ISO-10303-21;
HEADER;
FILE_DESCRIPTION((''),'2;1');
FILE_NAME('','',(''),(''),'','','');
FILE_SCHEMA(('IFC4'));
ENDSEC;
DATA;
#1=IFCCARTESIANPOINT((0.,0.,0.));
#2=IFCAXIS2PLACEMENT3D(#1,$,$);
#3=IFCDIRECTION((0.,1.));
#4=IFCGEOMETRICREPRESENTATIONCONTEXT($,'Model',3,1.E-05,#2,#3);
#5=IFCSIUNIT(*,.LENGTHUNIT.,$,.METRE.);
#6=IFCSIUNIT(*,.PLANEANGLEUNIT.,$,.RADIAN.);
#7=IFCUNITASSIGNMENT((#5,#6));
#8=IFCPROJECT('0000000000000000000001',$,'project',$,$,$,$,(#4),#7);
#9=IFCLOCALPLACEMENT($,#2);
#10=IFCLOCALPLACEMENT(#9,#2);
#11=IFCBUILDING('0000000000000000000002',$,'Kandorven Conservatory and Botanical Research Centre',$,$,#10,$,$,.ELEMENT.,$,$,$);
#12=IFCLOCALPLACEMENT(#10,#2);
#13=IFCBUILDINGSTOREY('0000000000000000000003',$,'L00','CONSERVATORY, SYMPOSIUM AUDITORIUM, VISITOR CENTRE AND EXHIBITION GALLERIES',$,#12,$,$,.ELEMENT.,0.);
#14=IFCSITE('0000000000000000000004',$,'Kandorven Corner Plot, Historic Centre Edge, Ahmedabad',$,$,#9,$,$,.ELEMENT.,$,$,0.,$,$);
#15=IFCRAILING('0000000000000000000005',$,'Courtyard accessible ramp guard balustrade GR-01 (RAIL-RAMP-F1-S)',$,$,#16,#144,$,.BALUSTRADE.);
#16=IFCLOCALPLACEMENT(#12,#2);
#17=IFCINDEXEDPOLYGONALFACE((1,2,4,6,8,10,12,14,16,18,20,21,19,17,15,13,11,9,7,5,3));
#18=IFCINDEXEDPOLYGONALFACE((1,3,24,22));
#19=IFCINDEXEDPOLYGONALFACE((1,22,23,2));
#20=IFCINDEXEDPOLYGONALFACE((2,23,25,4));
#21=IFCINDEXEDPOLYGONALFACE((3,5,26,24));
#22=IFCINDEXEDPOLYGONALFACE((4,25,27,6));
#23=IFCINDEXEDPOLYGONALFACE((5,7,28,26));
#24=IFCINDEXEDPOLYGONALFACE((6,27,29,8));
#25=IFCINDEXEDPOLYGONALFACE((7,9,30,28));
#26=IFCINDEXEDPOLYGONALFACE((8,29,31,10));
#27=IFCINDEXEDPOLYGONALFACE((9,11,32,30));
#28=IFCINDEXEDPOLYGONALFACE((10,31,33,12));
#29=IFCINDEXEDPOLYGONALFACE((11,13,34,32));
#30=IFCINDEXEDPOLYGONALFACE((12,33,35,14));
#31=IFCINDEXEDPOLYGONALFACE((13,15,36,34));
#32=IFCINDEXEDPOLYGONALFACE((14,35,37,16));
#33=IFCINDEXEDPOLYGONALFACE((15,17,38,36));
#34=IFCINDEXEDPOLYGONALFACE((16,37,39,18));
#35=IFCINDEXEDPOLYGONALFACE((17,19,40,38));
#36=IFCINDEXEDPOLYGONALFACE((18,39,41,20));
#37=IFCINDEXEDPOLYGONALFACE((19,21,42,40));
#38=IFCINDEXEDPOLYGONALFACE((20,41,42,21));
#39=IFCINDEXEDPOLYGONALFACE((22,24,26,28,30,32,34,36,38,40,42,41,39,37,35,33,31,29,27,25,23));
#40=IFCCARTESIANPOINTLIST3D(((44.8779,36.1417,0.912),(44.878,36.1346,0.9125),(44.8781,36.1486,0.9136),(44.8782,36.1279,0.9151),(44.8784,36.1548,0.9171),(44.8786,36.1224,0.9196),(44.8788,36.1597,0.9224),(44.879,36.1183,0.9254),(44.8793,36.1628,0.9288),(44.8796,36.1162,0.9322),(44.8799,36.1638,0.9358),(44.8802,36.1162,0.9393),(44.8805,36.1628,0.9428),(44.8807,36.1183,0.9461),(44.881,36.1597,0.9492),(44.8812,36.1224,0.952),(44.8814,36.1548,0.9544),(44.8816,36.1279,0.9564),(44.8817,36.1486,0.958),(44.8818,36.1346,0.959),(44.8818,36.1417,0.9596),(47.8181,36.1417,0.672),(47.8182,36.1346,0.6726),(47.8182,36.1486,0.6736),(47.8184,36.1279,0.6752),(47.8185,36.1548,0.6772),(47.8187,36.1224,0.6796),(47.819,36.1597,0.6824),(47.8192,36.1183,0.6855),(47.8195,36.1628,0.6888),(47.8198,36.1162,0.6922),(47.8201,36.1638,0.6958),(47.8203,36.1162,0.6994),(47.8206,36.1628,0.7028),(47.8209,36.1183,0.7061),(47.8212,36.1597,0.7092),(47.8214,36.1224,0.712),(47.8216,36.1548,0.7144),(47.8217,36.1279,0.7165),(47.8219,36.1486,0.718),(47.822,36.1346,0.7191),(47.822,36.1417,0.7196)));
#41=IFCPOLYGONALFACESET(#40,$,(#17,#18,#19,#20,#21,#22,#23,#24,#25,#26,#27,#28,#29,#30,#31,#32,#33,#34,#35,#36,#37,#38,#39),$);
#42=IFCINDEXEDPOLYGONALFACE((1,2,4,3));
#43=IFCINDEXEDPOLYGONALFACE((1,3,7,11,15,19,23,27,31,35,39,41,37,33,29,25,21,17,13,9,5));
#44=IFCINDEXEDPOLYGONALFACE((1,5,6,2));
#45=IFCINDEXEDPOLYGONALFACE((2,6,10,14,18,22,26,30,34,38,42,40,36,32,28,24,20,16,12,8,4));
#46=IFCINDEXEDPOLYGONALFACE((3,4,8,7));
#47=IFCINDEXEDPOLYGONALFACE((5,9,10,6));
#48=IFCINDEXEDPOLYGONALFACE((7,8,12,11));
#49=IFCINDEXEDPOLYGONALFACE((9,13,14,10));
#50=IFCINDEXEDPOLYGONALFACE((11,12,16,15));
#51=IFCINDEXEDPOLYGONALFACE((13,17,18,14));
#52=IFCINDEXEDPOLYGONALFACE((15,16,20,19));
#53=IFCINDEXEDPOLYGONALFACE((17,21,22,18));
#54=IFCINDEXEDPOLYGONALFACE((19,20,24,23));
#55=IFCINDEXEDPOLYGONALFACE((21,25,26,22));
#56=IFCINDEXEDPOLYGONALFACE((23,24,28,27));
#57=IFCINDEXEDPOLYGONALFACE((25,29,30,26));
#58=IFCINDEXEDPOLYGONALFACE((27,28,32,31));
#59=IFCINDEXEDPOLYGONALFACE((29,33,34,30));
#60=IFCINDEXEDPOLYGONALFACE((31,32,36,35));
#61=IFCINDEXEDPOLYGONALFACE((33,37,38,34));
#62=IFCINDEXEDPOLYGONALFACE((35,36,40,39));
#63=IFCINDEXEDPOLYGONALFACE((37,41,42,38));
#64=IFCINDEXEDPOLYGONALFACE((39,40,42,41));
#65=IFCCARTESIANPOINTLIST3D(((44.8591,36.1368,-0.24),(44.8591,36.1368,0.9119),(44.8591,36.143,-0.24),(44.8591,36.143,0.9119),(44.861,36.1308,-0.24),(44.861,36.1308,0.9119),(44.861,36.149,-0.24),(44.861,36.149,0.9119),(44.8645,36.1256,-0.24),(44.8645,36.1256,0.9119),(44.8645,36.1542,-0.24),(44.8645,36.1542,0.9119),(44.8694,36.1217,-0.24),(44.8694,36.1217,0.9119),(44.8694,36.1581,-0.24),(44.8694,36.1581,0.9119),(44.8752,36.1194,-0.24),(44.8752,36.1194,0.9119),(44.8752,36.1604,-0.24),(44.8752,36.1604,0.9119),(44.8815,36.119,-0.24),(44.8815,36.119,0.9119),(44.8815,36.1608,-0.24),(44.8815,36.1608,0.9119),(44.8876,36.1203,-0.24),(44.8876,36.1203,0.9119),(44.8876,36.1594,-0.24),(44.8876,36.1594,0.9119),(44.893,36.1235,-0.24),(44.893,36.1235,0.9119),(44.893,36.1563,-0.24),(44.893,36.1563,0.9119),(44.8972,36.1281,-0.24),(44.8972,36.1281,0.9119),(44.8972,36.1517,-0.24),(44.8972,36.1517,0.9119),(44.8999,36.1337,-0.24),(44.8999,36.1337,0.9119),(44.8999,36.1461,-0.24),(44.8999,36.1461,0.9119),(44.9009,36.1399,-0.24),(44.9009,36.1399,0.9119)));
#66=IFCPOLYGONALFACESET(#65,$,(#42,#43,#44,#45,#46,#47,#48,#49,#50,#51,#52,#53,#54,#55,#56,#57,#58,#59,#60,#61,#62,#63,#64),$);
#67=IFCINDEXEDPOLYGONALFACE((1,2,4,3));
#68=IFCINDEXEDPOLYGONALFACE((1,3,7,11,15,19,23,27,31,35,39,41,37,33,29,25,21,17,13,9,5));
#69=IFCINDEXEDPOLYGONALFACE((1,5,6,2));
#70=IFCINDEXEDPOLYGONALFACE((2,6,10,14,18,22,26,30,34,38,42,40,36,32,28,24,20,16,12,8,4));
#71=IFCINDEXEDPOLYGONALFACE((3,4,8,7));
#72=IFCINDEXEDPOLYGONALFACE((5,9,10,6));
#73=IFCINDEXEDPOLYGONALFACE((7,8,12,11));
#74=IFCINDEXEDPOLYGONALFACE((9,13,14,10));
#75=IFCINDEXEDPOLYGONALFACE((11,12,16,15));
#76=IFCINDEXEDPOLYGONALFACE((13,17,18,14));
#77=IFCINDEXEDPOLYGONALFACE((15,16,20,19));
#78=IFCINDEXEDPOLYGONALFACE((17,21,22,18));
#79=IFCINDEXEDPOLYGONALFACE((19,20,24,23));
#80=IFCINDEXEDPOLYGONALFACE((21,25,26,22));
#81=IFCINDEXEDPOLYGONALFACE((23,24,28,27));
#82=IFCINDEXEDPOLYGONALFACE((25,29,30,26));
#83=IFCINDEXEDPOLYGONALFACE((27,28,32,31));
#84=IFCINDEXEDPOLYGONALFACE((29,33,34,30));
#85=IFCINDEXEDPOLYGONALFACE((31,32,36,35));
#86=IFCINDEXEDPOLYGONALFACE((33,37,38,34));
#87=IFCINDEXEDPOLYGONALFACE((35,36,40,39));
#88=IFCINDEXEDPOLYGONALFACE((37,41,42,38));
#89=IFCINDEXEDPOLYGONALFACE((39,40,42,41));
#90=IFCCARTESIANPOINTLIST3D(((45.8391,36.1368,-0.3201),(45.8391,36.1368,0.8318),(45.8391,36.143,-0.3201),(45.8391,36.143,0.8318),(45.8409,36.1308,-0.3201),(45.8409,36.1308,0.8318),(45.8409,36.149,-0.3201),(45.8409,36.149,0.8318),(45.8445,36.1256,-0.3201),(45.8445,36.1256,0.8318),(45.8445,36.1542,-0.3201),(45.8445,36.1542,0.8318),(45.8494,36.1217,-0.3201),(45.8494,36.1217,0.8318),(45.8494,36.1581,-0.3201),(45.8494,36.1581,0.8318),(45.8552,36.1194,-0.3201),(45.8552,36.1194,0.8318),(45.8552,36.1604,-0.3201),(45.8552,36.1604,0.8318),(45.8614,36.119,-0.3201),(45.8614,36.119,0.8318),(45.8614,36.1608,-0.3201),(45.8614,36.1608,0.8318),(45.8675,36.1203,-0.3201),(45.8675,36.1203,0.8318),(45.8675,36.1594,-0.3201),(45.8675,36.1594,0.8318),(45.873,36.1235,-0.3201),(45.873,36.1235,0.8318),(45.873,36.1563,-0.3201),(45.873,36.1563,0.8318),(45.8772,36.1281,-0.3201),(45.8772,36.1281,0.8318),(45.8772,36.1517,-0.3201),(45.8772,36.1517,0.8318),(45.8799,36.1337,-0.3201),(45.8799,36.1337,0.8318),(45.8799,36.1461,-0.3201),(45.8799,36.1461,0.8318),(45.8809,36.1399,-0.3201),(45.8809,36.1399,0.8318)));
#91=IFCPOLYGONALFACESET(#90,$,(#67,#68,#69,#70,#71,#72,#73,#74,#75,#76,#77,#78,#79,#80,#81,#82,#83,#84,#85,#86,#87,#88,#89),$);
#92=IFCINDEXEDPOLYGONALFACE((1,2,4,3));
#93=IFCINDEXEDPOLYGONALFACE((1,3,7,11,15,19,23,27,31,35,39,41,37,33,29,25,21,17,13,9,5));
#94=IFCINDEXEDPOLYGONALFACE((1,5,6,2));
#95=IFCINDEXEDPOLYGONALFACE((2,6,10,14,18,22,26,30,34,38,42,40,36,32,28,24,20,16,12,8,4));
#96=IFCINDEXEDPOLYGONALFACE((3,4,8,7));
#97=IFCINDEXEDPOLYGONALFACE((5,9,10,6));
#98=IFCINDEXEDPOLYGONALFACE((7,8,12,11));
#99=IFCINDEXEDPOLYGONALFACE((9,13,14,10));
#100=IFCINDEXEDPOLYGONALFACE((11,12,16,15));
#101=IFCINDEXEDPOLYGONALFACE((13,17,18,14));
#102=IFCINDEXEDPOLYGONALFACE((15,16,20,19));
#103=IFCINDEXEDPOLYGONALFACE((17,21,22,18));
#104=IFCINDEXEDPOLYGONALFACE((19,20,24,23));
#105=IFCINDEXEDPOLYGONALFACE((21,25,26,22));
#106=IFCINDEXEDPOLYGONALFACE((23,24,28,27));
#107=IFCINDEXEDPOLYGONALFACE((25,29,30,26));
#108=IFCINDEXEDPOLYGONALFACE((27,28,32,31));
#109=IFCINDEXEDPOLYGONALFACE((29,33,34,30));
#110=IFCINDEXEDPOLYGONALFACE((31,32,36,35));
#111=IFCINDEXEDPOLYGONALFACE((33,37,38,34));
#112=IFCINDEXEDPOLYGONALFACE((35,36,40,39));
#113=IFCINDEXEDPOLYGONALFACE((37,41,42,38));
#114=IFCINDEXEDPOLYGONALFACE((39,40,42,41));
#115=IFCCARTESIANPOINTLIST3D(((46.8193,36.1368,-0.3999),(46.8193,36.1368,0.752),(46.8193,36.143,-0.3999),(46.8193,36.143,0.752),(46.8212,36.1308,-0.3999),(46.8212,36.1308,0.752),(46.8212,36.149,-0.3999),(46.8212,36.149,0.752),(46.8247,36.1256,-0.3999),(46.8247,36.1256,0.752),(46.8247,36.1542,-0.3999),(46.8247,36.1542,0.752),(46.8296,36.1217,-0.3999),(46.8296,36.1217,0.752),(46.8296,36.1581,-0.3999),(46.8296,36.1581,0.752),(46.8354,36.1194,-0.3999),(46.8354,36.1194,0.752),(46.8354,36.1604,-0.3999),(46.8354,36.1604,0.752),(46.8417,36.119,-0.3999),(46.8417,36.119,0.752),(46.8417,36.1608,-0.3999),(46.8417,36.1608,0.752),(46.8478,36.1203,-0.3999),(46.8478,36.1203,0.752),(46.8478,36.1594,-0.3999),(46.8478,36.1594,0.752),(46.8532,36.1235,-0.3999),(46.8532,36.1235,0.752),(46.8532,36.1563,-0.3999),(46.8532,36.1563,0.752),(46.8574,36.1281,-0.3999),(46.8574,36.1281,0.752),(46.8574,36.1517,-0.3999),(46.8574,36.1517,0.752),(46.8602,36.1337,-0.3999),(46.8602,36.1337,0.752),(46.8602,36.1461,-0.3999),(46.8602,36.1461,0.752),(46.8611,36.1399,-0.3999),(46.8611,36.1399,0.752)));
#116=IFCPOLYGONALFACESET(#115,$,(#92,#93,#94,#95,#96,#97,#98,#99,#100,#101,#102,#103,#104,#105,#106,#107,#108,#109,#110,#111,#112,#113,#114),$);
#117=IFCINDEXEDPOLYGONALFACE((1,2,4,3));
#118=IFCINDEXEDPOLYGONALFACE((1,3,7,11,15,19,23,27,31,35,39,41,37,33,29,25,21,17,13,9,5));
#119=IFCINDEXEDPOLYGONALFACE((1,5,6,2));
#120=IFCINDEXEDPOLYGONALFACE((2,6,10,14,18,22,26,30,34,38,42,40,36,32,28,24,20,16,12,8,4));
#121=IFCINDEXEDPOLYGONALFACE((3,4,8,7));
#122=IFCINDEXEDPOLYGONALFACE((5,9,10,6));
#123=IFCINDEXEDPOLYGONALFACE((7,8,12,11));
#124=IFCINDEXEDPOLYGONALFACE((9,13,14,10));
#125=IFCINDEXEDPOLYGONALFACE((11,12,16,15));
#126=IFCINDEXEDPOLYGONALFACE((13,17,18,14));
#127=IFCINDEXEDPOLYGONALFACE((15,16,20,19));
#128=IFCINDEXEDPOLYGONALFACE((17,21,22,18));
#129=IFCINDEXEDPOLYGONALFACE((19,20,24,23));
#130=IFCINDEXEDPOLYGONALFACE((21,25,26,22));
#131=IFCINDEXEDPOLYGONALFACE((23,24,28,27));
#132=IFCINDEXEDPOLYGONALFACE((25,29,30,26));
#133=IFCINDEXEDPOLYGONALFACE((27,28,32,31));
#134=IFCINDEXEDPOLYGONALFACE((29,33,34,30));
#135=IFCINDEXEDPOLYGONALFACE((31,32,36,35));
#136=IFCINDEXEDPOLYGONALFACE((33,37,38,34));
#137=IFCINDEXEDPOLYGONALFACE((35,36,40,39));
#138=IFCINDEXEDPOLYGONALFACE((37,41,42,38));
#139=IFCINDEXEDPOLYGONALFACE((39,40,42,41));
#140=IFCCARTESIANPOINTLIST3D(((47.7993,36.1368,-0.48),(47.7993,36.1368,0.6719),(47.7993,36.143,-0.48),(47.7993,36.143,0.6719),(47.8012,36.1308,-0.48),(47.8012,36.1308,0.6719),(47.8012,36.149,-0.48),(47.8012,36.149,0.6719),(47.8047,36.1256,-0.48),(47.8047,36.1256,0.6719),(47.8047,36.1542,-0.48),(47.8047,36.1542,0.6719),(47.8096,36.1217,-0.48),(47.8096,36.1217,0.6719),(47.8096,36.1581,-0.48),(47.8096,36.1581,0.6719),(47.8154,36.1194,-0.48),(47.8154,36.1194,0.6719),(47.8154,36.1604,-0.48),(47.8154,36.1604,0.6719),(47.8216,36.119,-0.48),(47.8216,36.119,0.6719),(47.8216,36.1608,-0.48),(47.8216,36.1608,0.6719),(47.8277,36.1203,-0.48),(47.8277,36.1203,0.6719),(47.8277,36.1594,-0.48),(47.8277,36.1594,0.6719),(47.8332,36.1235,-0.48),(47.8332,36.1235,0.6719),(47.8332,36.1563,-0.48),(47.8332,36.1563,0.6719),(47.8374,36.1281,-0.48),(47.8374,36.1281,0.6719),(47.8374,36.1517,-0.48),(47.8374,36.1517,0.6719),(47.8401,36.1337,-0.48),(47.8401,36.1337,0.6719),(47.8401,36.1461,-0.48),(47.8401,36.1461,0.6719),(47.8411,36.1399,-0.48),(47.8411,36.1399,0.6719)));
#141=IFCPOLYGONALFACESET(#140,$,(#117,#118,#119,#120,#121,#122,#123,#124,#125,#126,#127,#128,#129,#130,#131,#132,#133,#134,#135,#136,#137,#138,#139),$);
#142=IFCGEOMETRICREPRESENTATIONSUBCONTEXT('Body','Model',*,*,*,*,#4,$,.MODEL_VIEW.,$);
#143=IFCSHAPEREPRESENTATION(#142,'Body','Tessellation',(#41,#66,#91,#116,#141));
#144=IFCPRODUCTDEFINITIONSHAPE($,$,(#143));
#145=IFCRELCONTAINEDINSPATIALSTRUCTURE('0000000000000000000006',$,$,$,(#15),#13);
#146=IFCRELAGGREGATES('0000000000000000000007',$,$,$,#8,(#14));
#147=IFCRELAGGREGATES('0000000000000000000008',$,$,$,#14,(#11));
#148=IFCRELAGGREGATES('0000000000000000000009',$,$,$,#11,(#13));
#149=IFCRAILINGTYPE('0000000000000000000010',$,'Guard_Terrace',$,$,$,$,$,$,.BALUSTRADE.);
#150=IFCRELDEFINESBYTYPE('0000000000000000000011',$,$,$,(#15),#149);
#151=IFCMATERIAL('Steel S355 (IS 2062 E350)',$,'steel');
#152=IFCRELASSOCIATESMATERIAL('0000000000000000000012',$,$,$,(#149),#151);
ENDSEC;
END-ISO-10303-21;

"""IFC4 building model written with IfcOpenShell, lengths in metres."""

from ifc_helpers import new_model, si_unit, direction, frame, origin, origin_2d, place, context, subcontext, project, spatial, circle, extrude, material, type_object, element, save


model = new_model("IFC4")

# Units and contexts
model_context = context("Model", 3, precision=1e-05, world=origin(), true_north=direction((0.0, 1.0)))
body_context = subcontext(model_context, "Body", "Model", "MODEL_VIEW")
ifc_project = project(units=[si_unit("LENGTHUNIT", "METRE"), si_unit("PLANEANGLEUNIT", "RADIAN")], contexts=[model_context])

# Site, building, storey
site_placement = place(None, origin())
site = spatial("IfcSite", under=ifc_project, at=site_placement, Name="Kandorven Corner Plot, Historic Centre Edge, Ahmedabad", CompositionType="ELEMENT", RefElevation=0.0)
building_placement = place(site_placement, origin())
building = spatial("IfcBuilding", under=site, at=building_placement, Name="Kandorven Conservatory and Botanical Research Centre", CompositionType="ELEMENT")
storey_placement = place(building_placement, origin())
storey = spatial("IfcBuildingStorey", under=building, at=storey_placement, Name="L00", Description="CONSERVATORY, SYMPOSIUM AUDITORIUM, VISITOR CENTRE AND EXHIBITION GALLERIES", CompositionType="ELEMENT", Elevation=0.0)

# Railing
ifc_material_1 = material(Name="Steel S355 (IS 2062 E350)", Category="steel")
railing_type_1 = type_object("IfcRailingType", Name="Guard_Terrace", PredefinedType="BALUSTRADE", material=ifc_material_1)
railing_1_placement = place(storey_placement, frame((44.8799, 36.1399, -0.24)))
element("IfcRailing", 1, at=railing_1_placement, inside=storey, type_object=railing_type_1, Name="Courtyard accessible ramp guard balustrade GR-01 (RAIL-RAMP-F1-S)", PredefinedType="BALUSTRADE", context=body_context, shape_type="SweptSolid", body=[
    extrude(circle(Radius=0.0239, at=origin_2d()), frame((0.0, 0.0, 1.1758), z_axis=(0.996685, 0.0, -0.081354), x_axis=(0.0, 1.0, 0.0)), (0.0, 0.0, 1.0), 2.95),
    extrude(circle(Radius=0.021, at=origin_2d()), origin(), (0.0, 0.0, 1.0), 1.1519),
    extrude(circle(Radius=0.021, at=origin_2d()), frame((0.98, 0.0, -0.0801)), (0.0, 0.0, 1.0), 1.1519),
    extrude(circle(Radius=0.021, at=origin_2d()), frame((1.9602, 0.0, -0.1599)), (0.0, 0.0, 1.0), 1.1519),
    extrude(circle(Radius=0.021, at=origin_2d()), frame((2.9402, 0.0, -0.24)), (0.0, 0.0, 1.0), 1.1519),
])

save(model, "model.ifc")
